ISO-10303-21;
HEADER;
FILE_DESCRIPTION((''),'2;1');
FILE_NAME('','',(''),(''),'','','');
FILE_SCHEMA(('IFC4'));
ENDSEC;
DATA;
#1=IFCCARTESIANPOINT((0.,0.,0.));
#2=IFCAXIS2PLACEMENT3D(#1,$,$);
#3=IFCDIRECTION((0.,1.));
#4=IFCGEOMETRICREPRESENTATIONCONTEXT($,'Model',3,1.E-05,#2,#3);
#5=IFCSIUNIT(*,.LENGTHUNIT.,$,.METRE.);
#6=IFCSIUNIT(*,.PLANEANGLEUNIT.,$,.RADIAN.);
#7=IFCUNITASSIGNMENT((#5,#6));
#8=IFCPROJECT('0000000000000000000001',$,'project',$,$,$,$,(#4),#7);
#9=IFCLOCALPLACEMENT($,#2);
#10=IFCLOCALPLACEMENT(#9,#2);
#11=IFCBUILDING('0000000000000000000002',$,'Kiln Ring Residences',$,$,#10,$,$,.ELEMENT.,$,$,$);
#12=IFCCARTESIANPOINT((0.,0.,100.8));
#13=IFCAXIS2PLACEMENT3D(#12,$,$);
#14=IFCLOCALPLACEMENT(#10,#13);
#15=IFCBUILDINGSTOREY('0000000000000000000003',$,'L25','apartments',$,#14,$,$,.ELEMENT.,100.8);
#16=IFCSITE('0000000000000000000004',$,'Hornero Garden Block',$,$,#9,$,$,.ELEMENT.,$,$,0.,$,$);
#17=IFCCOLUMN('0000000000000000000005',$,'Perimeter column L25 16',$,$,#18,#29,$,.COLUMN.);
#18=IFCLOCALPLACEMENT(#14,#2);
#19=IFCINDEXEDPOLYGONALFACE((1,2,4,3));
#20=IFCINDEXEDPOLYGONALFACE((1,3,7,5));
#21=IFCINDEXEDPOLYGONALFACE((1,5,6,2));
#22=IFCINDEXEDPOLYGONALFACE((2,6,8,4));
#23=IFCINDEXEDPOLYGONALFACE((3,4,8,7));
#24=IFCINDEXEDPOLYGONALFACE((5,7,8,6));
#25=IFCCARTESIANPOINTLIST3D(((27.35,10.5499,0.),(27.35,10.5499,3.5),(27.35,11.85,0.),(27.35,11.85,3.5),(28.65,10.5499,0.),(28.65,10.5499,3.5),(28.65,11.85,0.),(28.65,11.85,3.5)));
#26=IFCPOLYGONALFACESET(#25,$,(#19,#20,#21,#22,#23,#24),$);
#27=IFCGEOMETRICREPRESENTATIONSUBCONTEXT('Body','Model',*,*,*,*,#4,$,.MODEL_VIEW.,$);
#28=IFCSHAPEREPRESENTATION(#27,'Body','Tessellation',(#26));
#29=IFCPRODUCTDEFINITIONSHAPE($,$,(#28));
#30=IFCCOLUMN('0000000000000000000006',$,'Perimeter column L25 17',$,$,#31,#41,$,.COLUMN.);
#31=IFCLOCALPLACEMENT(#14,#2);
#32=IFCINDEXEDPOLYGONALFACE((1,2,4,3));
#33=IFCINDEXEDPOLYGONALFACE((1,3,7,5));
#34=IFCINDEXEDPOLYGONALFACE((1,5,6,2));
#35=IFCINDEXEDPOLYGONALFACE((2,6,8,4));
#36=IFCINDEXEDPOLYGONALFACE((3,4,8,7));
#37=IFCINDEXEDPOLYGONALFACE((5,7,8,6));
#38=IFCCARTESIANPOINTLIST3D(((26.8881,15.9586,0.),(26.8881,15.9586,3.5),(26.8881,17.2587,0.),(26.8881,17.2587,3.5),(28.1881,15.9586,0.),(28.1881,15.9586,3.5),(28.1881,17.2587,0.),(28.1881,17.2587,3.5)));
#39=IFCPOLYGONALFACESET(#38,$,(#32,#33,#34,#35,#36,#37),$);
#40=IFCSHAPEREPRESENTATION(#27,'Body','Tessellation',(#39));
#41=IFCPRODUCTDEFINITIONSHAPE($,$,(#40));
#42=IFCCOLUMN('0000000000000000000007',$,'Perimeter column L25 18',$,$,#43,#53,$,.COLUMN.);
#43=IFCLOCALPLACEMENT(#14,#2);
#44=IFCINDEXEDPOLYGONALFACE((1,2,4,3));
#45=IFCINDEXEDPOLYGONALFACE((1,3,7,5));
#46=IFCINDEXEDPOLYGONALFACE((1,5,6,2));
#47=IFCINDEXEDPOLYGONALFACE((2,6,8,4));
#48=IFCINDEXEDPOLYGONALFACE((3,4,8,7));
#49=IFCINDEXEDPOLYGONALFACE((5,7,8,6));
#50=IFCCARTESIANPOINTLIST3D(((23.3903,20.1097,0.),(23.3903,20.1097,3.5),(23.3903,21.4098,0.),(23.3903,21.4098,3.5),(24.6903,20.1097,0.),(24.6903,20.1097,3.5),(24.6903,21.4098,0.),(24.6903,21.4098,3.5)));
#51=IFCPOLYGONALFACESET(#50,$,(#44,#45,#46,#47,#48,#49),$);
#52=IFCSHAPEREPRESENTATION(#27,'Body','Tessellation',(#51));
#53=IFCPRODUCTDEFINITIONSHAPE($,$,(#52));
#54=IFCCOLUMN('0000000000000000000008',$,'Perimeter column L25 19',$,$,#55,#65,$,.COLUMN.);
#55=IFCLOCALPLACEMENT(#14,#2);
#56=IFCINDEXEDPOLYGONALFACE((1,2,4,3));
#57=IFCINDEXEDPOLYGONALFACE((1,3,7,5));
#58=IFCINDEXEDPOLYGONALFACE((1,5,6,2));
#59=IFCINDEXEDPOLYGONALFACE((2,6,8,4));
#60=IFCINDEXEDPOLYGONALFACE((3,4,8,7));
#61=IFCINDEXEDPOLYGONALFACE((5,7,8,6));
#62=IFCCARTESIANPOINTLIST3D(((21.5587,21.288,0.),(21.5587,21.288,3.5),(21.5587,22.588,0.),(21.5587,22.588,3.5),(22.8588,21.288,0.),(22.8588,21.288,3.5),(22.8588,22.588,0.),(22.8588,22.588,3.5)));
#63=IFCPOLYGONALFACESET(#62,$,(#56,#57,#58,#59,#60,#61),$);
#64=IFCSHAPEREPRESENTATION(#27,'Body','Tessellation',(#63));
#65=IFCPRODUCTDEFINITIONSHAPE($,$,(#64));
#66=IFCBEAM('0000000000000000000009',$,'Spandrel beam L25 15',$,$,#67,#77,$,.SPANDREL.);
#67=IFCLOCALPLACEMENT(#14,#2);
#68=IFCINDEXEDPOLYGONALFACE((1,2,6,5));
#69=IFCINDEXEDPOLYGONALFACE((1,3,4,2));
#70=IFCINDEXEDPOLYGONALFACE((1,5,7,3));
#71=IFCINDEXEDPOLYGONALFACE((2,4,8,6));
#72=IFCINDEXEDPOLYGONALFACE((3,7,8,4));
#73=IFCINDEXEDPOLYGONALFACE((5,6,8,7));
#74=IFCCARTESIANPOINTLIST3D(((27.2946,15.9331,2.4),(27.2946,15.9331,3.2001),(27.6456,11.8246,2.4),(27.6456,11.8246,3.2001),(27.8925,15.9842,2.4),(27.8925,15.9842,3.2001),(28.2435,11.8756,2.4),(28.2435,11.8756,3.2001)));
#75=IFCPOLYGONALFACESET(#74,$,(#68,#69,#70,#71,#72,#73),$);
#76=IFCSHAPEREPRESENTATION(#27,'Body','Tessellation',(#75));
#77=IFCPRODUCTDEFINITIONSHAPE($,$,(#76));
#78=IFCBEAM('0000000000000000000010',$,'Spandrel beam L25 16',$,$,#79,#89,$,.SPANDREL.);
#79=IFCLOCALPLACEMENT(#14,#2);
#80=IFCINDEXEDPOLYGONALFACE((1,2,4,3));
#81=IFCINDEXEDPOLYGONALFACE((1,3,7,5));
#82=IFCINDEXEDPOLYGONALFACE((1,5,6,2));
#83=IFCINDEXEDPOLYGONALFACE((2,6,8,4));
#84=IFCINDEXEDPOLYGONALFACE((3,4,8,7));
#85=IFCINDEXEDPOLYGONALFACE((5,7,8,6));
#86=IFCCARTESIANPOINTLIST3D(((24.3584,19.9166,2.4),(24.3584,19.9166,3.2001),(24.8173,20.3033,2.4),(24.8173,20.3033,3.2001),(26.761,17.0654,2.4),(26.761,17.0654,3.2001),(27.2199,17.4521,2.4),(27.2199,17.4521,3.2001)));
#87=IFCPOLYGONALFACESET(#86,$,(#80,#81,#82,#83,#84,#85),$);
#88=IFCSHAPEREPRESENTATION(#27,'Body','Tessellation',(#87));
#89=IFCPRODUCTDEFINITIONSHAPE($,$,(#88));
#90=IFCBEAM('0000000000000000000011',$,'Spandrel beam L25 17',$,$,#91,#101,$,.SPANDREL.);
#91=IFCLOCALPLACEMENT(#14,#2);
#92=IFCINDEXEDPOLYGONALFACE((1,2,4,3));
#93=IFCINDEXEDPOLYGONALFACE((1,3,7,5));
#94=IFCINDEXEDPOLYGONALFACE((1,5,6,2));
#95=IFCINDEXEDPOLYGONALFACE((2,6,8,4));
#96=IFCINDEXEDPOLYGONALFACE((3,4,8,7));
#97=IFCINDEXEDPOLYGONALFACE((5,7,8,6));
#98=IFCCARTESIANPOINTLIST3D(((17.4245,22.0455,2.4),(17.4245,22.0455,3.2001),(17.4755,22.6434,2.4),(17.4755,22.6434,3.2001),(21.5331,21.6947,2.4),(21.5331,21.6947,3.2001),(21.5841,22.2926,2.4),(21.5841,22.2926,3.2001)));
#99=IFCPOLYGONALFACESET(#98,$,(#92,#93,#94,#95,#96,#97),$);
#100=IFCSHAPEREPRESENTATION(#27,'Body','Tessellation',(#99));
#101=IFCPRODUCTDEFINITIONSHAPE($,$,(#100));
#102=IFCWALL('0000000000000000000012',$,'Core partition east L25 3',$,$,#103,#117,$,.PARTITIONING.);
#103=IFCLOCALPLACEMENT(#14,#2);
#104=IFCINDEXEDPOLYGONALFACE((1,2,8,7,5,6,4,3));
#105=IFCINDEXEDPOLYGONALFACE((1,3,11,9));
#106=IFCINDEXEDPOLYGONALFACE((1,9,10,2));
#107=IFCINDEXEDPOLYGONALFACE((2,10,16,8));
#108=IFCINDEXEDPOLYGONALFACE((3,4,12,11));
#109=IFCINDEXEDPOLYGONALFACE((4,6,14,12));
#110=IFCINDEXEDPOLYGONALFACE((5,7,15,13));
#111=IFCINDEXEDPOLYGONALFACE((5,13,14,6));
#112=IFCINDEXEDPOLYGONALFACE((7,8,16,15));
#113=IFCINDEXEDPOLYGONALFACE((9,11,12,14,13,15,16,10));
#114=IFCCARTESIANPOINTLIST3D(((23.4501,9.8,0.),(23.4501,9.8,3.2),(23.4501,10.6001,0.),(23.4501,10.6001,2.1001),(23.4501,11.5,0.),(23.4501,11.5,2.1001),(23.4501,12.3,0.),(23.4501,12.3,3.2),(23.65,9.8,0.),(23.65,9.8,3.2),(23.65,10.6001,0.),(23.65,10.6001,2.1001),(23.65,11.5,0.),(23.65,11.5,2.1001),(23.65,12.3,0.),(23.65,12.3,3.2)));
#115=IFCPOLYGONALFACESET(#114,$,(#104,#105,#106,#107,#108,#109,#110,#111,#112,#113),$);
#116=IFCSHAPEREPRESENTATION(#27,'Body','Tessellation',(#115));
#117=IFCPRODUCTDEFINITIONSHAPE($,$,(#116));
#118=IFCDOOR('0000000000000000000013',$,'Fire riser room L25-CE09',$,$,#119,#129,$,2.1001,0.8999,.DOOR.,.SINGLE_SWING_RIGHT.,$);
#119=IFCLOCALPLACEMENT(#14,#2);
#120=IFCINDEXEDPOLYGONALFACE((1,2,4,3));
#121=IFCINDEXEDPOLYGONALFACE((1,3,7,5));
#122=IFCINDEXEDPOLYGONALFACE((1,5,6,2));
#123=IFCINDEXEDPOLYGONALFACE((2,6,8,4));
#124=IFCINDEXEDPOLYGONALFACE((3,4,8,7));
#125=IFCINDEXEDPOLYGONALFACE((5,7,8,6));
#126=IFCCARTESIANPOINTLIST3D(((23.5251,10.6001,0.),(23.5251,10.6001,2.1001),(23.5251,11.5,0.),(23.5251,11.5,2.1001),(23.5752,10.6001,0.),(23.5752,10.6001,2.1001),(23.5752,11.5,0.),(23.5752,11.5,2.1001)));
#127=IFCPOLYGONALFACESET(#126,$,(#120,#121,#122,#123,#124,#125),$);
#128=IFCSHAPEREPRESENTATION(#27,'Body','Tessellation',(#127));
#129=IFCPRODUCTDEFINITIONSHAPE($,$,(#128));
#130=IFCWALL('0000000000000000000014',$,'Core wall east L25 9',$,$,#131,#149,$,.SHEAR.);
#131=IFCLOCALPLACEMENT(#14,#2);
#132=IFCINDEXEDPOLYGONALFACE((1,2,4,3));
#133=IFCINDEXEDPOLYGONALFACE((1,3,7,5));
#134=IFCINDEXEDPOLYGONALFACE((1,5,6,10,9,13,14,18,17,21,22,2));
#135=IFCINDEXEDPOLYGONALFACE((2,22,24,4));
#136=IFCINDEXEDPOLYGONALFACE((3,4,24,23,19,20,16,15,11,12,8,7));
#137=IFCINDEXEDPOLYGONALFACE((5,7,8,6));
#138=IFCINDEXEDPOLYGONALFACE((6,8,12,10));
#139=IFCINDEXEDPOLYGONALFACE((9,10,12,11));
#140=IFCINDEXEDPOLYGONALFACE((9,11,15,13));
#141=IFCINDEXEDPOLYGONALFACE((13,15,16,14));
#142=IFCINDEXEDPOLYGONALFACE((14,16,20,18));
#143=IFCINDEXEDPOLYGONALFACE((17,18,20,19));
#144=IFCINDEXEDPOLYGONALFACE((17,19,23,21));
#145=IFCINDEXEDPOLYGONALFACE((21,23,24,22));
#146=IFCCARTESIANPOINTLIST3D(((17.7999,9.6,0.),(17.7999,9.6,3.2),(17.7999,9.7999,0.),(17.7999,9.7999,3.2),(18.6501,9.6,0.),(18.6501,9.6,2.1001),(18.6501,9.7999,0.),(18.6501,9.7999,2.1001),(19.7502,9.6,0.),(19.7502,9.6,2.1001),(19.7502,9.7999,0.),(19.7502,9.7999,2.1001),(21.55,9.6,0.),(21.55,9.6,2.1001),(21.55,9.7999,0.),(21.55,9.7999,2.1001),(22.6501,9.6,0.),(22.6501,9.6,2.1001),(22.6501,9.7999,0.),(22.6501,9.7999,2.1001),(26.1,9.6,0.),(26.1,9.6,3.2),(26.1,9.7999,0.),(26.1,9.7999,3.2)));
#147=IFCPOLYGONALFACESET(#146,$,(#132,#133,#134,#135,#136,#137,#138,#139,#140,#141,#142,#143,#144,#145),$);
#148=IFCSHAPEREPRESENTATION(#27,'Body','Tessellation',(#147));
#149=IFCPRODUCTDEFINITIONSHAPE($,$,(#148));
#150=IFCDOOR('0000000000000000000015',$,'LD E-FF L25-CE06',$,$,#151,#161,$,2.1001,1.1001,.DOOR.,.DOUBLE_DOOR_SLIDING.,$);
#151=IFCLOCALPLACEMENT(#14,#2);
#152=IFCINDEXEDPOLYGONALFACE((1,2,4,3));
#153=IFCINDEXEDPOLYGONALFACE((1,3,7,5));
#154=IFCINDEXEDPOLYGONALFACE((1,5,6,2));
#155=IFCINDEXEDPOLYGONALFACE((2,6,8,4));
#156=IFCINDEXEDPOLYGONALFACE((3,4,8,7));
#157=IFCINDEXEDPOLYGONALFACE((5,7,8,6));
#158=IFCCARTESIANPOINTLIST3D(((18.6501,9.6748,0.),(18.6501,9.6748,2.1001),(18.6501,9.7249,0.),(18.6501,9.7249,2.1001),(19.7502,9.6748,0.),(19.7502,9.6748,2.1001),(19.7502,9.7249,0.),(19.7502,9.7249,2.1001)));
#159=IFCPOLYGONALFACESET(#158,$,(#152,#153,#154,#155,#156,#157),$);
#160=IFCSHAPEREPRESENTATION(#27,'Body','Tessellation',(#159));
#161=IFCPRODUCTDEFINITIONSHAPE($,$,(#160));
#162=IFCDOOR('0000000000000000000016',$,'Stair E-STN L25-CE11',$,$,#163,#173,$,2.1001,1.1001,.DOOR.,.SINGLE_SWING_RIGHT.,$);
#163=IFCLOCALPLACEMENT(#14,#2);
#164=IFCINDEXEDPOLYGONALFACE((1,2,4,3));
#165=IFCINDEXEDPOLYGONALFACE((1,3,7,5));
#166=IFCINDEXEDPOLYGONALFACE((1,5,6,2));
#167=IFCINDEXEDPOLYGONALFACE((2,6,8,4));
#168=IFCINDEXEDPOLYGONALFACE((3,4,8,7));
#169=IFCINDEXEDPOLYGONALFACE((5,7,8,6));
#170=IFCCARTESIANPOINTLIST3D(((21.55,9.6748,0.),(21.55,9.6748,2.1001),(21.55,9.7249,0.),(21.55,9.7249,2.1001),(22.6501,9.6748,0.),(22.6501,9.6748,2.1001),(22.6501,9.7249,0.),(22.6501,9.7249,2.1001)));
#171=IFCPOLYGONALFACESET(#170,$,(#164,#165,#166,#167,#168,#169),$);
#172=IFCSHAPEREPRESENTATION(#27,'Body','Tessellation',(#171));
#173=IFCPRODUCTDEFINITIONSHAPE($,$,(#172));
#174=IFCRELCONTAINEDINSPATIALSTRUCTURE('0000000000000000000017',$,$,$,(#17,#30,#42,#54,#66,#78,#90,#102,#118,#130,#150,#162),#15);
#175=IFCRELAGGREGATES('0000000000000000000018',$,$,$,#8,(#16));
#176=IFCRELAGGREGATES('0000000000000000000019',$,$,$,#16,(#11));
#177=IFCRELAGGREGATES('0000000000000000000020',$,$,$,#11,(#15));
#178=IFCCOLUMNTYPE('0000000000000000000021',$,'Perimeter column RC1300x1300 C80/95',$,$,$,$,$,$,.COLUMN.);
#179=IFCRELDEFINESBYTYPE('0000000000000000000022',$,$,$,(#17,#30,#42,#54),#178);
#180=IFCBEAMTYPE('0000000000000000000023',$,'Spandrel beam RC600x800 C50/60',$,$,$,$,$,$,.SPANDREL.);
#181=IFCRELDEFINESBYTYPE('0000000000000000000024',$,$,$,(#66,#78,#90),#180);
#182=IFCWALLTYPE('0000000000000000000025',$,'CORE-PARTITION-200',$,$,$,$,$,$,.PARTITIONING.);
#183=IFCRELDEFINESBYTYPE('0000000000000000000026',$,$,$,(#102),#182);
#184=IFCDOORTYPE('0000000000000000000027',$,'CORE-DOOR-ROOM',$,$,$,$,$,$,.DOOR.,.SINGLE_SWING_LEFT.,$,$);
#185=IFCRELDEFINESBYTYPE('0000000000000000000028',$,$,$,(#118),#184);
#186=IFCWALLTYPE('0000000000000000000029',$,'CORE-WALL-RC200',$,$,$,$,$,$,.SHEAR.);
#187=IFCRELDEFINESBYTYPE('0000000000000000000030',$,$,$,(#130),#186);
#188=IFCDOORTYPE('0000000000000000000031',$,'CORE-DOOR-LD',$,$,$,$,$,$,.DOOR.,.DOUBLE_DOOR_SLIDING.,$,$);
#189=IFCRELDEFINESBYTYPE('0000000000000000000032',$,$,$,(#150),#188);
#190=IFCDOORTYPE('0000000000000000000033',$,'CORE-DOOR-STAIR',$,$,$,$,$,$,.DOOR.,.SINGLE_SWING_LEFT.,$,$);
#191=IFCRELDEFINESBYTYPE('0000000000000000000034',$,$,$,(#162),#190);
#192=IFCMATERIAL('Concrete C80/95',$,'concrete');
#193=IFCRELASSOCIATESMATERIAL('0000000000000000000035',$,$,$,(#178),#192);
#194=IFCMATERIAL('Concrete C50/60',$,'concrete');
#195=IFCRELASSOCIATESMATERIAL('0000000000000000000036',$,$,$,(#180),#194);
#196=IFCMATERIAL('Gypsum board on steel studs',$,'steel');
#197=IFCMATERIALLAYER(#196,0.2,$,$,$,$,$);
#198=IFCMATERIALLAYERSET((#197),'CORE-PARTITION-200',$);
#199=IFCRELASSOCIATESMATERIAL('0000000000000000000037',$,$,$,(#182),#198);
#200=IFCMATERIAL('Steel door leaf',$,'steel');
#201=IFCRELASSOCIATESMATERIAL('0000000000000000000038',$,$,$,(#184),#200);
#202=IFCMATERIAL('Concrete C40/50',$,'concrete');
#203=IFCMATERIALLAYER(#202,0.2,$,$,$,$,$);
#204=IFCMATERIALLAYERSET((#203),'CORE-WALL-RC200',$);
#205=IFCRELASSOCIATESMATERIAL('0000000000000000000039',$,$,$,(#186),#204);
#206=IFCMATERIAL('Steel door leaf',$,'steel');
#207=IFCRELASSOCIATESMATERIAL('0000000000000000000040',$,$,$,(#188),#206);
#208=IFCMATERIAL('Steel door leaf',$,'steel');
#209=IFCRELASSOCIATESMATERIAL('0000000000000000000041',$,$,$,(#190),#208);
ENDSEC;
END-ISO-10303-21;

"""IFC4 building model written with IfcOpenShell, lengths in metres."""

from ifc_helpers import new_model, si_unit, direction, frame, frame_2d, origin, origin_2d, place, context, subcontext, project, spatial, rectangle, extrude, material, layer, layer_set, material_profile, profile_set, type_object, element, fill, save


model = new_model("IFC4")

# Units and contexts
model_context = context("Model", 3, precision=1e-05, world=origin(), true_north=direction((0.0, 1.0)))
body_context = subcontext(model_context, "Body", "Model", "MODEL_VIEW")
ifc_project = project(units=[si_unit("LENGTHUNIT", "METRE"), si_unit("PLANEANGLEUNIT", "RADIAN")], contexts=[model_context])

# Site, building, storey
site_placement = place(None, origin())
site = spatial("IfcSite", under=ifc_project, at=site_placement, Name="Hornero Garden Block", CompositionType="ELEMENT", RefElevation=0.0)
building_placement = place(site_placement, origin())
building = spatial("IfcBuilding", under=site, at=building_placement, Name="Kiln Ring Residences", CompositionType="ELEMENT")
storey_placement = place(building_placement, frame((0.0, 0.0, 100.8)))
storey = spatial("IfcBuildingStorey", under=building, at=storey_placement, Name="L25", Description="apartments", CompositionType="ELEMENT", Elevation=100.8)

# Columns
ifc_material_1 = material(Name="Concrete C80/95", Category="concrete")
ifc_material_profile_1 = material_profile(ifc_material_1, rectangle(XDim=1.3, YDim=1.3, at=origin_2d()), Name="RC1300x1300")
ifc_profile_set_1 = profile_set([ifc_material_profile_1], Name="Concrete C80/95")
column_type = type_object("IfcColumnType", Name="Perimeter column RC1300x1300 C80/95", PredefinedType="COLUMN", material=ifc_profile_set_1)
for number, where, z_axis, x_axis, name in (
    (1, (28.0, 11.2, 0.0), (0.0, 0.0, 1.0), (1.0, 0.0, 0.0), "Perimeter column L25 16"),
    (2, (27.5381, 16.6086, 0.0), (0.0, 0.0, 1.0), (1.0, 0.0, 0.0), "Perimeter column L25 17"),
    (3, (24.0403, 20.7598, 0.0), (0.0, 0.0, 1.0), (1.0, 0.0, 0.0), "Perimeter column L25 18"),
    (4, (22.2087, 21.938, 0.0), (0.0, 0.0, 1.0), (1.0, 0.0, 0.0), "Perimeter column L25 19"),
):
    element("IfcColumn", number, at=place(storey_placement, frame(where, z_axis=z_axis, x_axis=x_axis)), inside=storey, type_object=column_type, Name=name, PredefinedType="COLUMN", context=body_context, shape_type="SweptSolid", body=[
        extrude(rectangle(XDim=1.3, YDim=1.3, at=origin_2d()), origin(), (0.0, 0.0, 1.0), 3.5),
    ])

# Beams
ifc_material_2 = material(Name="Concrete C50/60", Category="concrete")
ifc_material_profile_2 = material_profile(ifc_material_2, rectangle(XDim=0.6001, YDim=0.8, at=origin_2d()), Name="RC600x800")
ifc_profile_set_2 = profile_set([ifc_material_profile_2], Name="Concrete C50/60")
beam_type = type_object("IfcBeamType", Name="Spandrel beam RC600x800 C50/60", PredefinedType="SPANDREL", material=ifc_profile_set_2)
beam_1_placement = place(storey_placement, frame((27.9446, 11.8501, 2.8), z_axis=(-0.085137, 0.996369, 0.0), x_axis=(-0.996369, -0.085137, 0.0)))
element("IfcBeam", 5, at=beam_1_placement, inside=storey, type_object=beam_type, Name="Spandrel beam L25 15", PredefinedType="SPANDREL", context=body_context, shape_type="SweptSolid", body=[
    extrude(rectangle(XDim=0.6001, YDim=0.8, at=origin_2d()), origin(), (0.0, 0.0, 1.0), 4.1235),
])
beam_2_placement = place(storey_placement, frame((26.9905, 17.2588, 2.8), z_axis=(-0.6444, 0.764689, 0.0), x_axis=(-0.764689, -0.6444, 0.0)))
element("IfcBeam", 6, at=beam_2_placement, inside=storey, type_object=beam_type, Name="Spandrel beam L25 16", PredefinedType="SPANDREL", context=body_context, shape_type="SweptSolid", body=[
    extrude(rectangle(XDim=0.6001, YDim=0.8, at=origin_2d()), origin(), (0.0, 0.0, 1.0), 3.7285),
])
beam_3_placement = place(storey_placement, frame((21.5586, 21.9937, 2.8), z_axis=(-0.996374, 0.085079, 0.0), x_axis=(-0.085079, -0.996374, 0.0)))
element("IfcBeam", 7, at=beam_3_placement, inside=storey, type_object=beam_type, Name="Spandrel beam L25 17", PredefinedType="SPANDREL", context=body_context, shape_type="SweptSolid", body=[
    extrude(rectangle(XDim=0.6001, YDim=0.8, at=origin_2d()), origin(), (0.0, 0.0, 1.0), 4.1235),
])

# Wall, opening, door
ifc_material_3 = material(Name="Gypsum board on steel studs", Category="steel")
ifc_layer_1 = layer(ifc_material_3, 0.2)
ifc_layer_set_1 = layer_set([ifc_layer_1], Name="CORE-PARTITION-200")
wall_type_1 = type_object("IfcWallType", Name="CORE-PARTITION-200", PredefinedType="PARTITIONING", material=ifc_layer_set_1)
wall_1_placement = place(storey_placement, frame((23.55, 9.8, 0.0), z_axis=(0.0, 0.0, 1.0), x_axis=(0.0, 1.0, 0.0)))
wall_1 = element("IfcWall", 8, at=wall_1_placement, inside=storey, type_object=wall_type_1, Name="Core partition east L25 3", PredefinedType="PARTITIONING", context=body_context, shape_type="SweptSolid", body=[
    extrude(rectangle(XDim=2.5, YDim=0.2, at=frame_2d((1.25, 0.0))), origin(), (0.0, 0.0, 1.0), 3.2),
])
opening_1_placement = place(wall_1_placement, frame((0.8, 0.0, 0.0)))
opening_1 = element("IfcOpeningElement", 9, at=opening_1_placement, cuts=wall_1, PredefinedType="OPENING", context=body_context, shape_type="SweptSolid", body=[
    extrude(rectangle(XDim=0.8999, YDim=2.1001, at=frame_2d((0.45, 1.05))), frame((0.0, 0.1099, 0.0), z_axis=(0.0, -1.0, 0.0), x_axis=(1.0, 0.0, 0.0)), (0.0, 0.0, 1.0), 0.22),
])
ifc_material_4 = material(Name="Steel door leaf", Category="steel")
door_type_1 = type_object("IfcDoorType", Name="CORE-DOOR-ROOM", OperationType="SINGLE_SWING_LEFT", PredefinedType="DOOR", material=ifc_material_4)
door_1_placement = place(opening_1_placement, origin())
door_1 = element("IfcDoor", 10, at=door_1_placement, inside=storey, type_object=door_type_1, Name="Fire riser room L25-CE09", OperationType="SINGLE_SWING_RIGHT", OverallHeight=2.1001, OverallWidth=0.8999, PredefinedType="DOOR", context=body_context, shape_type="SweptSolid", body=[
    extrude(rectangle(XDim=0.8999, YDim=2.1001, at=frame_2d((0.45, 1.05))), frame((0.0, 0.0249, 0.0), z_axis=(0.0, -1.0, 0.0), x_axis=(1.0, 0.0, 0.0)), (0.0, 0.0, 1.0), 0.05),
])
fill(opening_1, door_1)

# Wall, openings, doors
ifc_material_5 = material(Name="Concrete C40/50", Category="concrete")
ifc_layer_2 = layer(ifc_material_5, 0.2)
ifc_layer_set_2 = layer_set([ifc_layer_2], Name="CORE-WALL-RC200")
wall_type_2 = type_object("IfcWallType", Name="CORE-WALL-RC200", PredefinedType="SHEAR", material=ifc_layer_set_2)
wall_2_placement = place(storey_placement, frame((17.8, 9.7, 0.0), z_axis=(0.0, 0.0, 1.0), x_axis=(1.0, 0.0, 0.0)))
wall_2 = element("IfcWall", 11, at=wall_2_placement, inside=storey, type_object=wall_type_2, Name="Core wall east L25 9", PredefinedType="SHEAR", context=body_context, shape_type="SweptSolid", body=[
    extrude(rectangle(XDim=8.3, YDim=0.2, at=frame_2d((4.1499, 0.0))), origin(), (0.0, 0.0, 1.0), 3.2),
])
opening_2_placement = place(wall_2_placement, frame((0.8501, 0.0, 0.0)))
opening_2 = element("IfcOpeningElement", 12, at=opening_2_placement, cuts=wall_2, PredefinedType="OPENING", context=body_context, shape_type="SweptSolid", body=[
    extrude(rectangle(XDim=1.1001, YDim=2.1001, at=frame_2d((0.55, 1.05))), frame((0.0, 0.1099, 0.0), z_axis=(0.0, -1.0, 0.0), x_axis=(1.0, 0.0, 0.0)), (0.0, 0.0, 1.0), 0.22),
])
opening_3_placement = place(wall_2_placement, frame((3.75, 0.0, 0.0)))
opening_3 = element("IfcOpeningElement", 13, at=opening_3_placement, cuts=wall_2, PredefinedType="OPENING", context=body_context, shape_type="SweptSolid", body=[
    extrude(rectangle(XDim=1.1001, YDim=2.1001, at=frame_2d((0.55, 1.05))), frame((0.0, 0.1099, 0.0), z_axis=(0.0, -1.0, 0.0), x_axis=(1.0, 0.0, 0.0)), (0.0, 0.0, 1.0), 0.22),
])
ifc_material_6 = material(Name="Steel door leaf", Category="steel")
door_type_2 = type_object("IfcDoorType", Name="CORE-DOOR-LD", OperationType="DOUBLE_DOOR_SLIDING", PredefinedType="DOOR", material=ifc_material_6)
door_2_placement = place(opening_2_placement, origin())
door_2 = element("IfcDoor", 14, at=door_2_placement, inside=storey, type_object=door_type_2, Name="LD E-FF L25-CE06", OperationType="DOUBLE_DOOR_SLIDING", OverallHeight=2.1001, OverallWidth=1.1001, PredefinedType="DOOR", context=body_context, shape_type="SweptSolid", body=[
    extrude(rectangle(XDim=1.1001, YDim=2.1001, at=frame_2d((0.55, 1.05))), frame((0.0, 0.0249, 0.0), z_axis=(0.0, -1.0, 0.0), x_axis=(1.0, 0.0, 0.0)), (0.0, 0.0, 1.0), 0.05),
])
fill(opening_2, door_2)
ifc_material_7 = material(Name="Steel door leaf", Category="steel")
door_type_3 = type_object("IfcDoorType", Name="CORE-DOOR-STAIR", OperationType="SINGLE_SWING_LEFT", PredefinedType="DOOR", material=ifc_material_7)
door_3_placement = place(opening_3_placement, origin())
door_3 = element("IfcDoor", 15, at=door_3_placement, inside=storey, type_object=door_type_3, Name="Stair E-STN L25-CE11", OperationType="SINGLE_SWING_RIGHT", OverallHeight=2.1001, OverallWidth=1.1001, PredefinedType="DOOR", context=body_context, shape_type="SweptSolid", body=[
    extrude(rectangle(XDim=1.1001, YDim=2.1001, at=frame_2d((0.55, 1.05))), frame((0.0, 0.0249, 0.0), z_axis=(0.0, -1.0, 0.0), x_axis=(1.0, 0.0, 0.0)), (0.0, 0.0, 1.0), 0.05),
])
fill(opening_3, door_3)

save(model, "model.ifc")
